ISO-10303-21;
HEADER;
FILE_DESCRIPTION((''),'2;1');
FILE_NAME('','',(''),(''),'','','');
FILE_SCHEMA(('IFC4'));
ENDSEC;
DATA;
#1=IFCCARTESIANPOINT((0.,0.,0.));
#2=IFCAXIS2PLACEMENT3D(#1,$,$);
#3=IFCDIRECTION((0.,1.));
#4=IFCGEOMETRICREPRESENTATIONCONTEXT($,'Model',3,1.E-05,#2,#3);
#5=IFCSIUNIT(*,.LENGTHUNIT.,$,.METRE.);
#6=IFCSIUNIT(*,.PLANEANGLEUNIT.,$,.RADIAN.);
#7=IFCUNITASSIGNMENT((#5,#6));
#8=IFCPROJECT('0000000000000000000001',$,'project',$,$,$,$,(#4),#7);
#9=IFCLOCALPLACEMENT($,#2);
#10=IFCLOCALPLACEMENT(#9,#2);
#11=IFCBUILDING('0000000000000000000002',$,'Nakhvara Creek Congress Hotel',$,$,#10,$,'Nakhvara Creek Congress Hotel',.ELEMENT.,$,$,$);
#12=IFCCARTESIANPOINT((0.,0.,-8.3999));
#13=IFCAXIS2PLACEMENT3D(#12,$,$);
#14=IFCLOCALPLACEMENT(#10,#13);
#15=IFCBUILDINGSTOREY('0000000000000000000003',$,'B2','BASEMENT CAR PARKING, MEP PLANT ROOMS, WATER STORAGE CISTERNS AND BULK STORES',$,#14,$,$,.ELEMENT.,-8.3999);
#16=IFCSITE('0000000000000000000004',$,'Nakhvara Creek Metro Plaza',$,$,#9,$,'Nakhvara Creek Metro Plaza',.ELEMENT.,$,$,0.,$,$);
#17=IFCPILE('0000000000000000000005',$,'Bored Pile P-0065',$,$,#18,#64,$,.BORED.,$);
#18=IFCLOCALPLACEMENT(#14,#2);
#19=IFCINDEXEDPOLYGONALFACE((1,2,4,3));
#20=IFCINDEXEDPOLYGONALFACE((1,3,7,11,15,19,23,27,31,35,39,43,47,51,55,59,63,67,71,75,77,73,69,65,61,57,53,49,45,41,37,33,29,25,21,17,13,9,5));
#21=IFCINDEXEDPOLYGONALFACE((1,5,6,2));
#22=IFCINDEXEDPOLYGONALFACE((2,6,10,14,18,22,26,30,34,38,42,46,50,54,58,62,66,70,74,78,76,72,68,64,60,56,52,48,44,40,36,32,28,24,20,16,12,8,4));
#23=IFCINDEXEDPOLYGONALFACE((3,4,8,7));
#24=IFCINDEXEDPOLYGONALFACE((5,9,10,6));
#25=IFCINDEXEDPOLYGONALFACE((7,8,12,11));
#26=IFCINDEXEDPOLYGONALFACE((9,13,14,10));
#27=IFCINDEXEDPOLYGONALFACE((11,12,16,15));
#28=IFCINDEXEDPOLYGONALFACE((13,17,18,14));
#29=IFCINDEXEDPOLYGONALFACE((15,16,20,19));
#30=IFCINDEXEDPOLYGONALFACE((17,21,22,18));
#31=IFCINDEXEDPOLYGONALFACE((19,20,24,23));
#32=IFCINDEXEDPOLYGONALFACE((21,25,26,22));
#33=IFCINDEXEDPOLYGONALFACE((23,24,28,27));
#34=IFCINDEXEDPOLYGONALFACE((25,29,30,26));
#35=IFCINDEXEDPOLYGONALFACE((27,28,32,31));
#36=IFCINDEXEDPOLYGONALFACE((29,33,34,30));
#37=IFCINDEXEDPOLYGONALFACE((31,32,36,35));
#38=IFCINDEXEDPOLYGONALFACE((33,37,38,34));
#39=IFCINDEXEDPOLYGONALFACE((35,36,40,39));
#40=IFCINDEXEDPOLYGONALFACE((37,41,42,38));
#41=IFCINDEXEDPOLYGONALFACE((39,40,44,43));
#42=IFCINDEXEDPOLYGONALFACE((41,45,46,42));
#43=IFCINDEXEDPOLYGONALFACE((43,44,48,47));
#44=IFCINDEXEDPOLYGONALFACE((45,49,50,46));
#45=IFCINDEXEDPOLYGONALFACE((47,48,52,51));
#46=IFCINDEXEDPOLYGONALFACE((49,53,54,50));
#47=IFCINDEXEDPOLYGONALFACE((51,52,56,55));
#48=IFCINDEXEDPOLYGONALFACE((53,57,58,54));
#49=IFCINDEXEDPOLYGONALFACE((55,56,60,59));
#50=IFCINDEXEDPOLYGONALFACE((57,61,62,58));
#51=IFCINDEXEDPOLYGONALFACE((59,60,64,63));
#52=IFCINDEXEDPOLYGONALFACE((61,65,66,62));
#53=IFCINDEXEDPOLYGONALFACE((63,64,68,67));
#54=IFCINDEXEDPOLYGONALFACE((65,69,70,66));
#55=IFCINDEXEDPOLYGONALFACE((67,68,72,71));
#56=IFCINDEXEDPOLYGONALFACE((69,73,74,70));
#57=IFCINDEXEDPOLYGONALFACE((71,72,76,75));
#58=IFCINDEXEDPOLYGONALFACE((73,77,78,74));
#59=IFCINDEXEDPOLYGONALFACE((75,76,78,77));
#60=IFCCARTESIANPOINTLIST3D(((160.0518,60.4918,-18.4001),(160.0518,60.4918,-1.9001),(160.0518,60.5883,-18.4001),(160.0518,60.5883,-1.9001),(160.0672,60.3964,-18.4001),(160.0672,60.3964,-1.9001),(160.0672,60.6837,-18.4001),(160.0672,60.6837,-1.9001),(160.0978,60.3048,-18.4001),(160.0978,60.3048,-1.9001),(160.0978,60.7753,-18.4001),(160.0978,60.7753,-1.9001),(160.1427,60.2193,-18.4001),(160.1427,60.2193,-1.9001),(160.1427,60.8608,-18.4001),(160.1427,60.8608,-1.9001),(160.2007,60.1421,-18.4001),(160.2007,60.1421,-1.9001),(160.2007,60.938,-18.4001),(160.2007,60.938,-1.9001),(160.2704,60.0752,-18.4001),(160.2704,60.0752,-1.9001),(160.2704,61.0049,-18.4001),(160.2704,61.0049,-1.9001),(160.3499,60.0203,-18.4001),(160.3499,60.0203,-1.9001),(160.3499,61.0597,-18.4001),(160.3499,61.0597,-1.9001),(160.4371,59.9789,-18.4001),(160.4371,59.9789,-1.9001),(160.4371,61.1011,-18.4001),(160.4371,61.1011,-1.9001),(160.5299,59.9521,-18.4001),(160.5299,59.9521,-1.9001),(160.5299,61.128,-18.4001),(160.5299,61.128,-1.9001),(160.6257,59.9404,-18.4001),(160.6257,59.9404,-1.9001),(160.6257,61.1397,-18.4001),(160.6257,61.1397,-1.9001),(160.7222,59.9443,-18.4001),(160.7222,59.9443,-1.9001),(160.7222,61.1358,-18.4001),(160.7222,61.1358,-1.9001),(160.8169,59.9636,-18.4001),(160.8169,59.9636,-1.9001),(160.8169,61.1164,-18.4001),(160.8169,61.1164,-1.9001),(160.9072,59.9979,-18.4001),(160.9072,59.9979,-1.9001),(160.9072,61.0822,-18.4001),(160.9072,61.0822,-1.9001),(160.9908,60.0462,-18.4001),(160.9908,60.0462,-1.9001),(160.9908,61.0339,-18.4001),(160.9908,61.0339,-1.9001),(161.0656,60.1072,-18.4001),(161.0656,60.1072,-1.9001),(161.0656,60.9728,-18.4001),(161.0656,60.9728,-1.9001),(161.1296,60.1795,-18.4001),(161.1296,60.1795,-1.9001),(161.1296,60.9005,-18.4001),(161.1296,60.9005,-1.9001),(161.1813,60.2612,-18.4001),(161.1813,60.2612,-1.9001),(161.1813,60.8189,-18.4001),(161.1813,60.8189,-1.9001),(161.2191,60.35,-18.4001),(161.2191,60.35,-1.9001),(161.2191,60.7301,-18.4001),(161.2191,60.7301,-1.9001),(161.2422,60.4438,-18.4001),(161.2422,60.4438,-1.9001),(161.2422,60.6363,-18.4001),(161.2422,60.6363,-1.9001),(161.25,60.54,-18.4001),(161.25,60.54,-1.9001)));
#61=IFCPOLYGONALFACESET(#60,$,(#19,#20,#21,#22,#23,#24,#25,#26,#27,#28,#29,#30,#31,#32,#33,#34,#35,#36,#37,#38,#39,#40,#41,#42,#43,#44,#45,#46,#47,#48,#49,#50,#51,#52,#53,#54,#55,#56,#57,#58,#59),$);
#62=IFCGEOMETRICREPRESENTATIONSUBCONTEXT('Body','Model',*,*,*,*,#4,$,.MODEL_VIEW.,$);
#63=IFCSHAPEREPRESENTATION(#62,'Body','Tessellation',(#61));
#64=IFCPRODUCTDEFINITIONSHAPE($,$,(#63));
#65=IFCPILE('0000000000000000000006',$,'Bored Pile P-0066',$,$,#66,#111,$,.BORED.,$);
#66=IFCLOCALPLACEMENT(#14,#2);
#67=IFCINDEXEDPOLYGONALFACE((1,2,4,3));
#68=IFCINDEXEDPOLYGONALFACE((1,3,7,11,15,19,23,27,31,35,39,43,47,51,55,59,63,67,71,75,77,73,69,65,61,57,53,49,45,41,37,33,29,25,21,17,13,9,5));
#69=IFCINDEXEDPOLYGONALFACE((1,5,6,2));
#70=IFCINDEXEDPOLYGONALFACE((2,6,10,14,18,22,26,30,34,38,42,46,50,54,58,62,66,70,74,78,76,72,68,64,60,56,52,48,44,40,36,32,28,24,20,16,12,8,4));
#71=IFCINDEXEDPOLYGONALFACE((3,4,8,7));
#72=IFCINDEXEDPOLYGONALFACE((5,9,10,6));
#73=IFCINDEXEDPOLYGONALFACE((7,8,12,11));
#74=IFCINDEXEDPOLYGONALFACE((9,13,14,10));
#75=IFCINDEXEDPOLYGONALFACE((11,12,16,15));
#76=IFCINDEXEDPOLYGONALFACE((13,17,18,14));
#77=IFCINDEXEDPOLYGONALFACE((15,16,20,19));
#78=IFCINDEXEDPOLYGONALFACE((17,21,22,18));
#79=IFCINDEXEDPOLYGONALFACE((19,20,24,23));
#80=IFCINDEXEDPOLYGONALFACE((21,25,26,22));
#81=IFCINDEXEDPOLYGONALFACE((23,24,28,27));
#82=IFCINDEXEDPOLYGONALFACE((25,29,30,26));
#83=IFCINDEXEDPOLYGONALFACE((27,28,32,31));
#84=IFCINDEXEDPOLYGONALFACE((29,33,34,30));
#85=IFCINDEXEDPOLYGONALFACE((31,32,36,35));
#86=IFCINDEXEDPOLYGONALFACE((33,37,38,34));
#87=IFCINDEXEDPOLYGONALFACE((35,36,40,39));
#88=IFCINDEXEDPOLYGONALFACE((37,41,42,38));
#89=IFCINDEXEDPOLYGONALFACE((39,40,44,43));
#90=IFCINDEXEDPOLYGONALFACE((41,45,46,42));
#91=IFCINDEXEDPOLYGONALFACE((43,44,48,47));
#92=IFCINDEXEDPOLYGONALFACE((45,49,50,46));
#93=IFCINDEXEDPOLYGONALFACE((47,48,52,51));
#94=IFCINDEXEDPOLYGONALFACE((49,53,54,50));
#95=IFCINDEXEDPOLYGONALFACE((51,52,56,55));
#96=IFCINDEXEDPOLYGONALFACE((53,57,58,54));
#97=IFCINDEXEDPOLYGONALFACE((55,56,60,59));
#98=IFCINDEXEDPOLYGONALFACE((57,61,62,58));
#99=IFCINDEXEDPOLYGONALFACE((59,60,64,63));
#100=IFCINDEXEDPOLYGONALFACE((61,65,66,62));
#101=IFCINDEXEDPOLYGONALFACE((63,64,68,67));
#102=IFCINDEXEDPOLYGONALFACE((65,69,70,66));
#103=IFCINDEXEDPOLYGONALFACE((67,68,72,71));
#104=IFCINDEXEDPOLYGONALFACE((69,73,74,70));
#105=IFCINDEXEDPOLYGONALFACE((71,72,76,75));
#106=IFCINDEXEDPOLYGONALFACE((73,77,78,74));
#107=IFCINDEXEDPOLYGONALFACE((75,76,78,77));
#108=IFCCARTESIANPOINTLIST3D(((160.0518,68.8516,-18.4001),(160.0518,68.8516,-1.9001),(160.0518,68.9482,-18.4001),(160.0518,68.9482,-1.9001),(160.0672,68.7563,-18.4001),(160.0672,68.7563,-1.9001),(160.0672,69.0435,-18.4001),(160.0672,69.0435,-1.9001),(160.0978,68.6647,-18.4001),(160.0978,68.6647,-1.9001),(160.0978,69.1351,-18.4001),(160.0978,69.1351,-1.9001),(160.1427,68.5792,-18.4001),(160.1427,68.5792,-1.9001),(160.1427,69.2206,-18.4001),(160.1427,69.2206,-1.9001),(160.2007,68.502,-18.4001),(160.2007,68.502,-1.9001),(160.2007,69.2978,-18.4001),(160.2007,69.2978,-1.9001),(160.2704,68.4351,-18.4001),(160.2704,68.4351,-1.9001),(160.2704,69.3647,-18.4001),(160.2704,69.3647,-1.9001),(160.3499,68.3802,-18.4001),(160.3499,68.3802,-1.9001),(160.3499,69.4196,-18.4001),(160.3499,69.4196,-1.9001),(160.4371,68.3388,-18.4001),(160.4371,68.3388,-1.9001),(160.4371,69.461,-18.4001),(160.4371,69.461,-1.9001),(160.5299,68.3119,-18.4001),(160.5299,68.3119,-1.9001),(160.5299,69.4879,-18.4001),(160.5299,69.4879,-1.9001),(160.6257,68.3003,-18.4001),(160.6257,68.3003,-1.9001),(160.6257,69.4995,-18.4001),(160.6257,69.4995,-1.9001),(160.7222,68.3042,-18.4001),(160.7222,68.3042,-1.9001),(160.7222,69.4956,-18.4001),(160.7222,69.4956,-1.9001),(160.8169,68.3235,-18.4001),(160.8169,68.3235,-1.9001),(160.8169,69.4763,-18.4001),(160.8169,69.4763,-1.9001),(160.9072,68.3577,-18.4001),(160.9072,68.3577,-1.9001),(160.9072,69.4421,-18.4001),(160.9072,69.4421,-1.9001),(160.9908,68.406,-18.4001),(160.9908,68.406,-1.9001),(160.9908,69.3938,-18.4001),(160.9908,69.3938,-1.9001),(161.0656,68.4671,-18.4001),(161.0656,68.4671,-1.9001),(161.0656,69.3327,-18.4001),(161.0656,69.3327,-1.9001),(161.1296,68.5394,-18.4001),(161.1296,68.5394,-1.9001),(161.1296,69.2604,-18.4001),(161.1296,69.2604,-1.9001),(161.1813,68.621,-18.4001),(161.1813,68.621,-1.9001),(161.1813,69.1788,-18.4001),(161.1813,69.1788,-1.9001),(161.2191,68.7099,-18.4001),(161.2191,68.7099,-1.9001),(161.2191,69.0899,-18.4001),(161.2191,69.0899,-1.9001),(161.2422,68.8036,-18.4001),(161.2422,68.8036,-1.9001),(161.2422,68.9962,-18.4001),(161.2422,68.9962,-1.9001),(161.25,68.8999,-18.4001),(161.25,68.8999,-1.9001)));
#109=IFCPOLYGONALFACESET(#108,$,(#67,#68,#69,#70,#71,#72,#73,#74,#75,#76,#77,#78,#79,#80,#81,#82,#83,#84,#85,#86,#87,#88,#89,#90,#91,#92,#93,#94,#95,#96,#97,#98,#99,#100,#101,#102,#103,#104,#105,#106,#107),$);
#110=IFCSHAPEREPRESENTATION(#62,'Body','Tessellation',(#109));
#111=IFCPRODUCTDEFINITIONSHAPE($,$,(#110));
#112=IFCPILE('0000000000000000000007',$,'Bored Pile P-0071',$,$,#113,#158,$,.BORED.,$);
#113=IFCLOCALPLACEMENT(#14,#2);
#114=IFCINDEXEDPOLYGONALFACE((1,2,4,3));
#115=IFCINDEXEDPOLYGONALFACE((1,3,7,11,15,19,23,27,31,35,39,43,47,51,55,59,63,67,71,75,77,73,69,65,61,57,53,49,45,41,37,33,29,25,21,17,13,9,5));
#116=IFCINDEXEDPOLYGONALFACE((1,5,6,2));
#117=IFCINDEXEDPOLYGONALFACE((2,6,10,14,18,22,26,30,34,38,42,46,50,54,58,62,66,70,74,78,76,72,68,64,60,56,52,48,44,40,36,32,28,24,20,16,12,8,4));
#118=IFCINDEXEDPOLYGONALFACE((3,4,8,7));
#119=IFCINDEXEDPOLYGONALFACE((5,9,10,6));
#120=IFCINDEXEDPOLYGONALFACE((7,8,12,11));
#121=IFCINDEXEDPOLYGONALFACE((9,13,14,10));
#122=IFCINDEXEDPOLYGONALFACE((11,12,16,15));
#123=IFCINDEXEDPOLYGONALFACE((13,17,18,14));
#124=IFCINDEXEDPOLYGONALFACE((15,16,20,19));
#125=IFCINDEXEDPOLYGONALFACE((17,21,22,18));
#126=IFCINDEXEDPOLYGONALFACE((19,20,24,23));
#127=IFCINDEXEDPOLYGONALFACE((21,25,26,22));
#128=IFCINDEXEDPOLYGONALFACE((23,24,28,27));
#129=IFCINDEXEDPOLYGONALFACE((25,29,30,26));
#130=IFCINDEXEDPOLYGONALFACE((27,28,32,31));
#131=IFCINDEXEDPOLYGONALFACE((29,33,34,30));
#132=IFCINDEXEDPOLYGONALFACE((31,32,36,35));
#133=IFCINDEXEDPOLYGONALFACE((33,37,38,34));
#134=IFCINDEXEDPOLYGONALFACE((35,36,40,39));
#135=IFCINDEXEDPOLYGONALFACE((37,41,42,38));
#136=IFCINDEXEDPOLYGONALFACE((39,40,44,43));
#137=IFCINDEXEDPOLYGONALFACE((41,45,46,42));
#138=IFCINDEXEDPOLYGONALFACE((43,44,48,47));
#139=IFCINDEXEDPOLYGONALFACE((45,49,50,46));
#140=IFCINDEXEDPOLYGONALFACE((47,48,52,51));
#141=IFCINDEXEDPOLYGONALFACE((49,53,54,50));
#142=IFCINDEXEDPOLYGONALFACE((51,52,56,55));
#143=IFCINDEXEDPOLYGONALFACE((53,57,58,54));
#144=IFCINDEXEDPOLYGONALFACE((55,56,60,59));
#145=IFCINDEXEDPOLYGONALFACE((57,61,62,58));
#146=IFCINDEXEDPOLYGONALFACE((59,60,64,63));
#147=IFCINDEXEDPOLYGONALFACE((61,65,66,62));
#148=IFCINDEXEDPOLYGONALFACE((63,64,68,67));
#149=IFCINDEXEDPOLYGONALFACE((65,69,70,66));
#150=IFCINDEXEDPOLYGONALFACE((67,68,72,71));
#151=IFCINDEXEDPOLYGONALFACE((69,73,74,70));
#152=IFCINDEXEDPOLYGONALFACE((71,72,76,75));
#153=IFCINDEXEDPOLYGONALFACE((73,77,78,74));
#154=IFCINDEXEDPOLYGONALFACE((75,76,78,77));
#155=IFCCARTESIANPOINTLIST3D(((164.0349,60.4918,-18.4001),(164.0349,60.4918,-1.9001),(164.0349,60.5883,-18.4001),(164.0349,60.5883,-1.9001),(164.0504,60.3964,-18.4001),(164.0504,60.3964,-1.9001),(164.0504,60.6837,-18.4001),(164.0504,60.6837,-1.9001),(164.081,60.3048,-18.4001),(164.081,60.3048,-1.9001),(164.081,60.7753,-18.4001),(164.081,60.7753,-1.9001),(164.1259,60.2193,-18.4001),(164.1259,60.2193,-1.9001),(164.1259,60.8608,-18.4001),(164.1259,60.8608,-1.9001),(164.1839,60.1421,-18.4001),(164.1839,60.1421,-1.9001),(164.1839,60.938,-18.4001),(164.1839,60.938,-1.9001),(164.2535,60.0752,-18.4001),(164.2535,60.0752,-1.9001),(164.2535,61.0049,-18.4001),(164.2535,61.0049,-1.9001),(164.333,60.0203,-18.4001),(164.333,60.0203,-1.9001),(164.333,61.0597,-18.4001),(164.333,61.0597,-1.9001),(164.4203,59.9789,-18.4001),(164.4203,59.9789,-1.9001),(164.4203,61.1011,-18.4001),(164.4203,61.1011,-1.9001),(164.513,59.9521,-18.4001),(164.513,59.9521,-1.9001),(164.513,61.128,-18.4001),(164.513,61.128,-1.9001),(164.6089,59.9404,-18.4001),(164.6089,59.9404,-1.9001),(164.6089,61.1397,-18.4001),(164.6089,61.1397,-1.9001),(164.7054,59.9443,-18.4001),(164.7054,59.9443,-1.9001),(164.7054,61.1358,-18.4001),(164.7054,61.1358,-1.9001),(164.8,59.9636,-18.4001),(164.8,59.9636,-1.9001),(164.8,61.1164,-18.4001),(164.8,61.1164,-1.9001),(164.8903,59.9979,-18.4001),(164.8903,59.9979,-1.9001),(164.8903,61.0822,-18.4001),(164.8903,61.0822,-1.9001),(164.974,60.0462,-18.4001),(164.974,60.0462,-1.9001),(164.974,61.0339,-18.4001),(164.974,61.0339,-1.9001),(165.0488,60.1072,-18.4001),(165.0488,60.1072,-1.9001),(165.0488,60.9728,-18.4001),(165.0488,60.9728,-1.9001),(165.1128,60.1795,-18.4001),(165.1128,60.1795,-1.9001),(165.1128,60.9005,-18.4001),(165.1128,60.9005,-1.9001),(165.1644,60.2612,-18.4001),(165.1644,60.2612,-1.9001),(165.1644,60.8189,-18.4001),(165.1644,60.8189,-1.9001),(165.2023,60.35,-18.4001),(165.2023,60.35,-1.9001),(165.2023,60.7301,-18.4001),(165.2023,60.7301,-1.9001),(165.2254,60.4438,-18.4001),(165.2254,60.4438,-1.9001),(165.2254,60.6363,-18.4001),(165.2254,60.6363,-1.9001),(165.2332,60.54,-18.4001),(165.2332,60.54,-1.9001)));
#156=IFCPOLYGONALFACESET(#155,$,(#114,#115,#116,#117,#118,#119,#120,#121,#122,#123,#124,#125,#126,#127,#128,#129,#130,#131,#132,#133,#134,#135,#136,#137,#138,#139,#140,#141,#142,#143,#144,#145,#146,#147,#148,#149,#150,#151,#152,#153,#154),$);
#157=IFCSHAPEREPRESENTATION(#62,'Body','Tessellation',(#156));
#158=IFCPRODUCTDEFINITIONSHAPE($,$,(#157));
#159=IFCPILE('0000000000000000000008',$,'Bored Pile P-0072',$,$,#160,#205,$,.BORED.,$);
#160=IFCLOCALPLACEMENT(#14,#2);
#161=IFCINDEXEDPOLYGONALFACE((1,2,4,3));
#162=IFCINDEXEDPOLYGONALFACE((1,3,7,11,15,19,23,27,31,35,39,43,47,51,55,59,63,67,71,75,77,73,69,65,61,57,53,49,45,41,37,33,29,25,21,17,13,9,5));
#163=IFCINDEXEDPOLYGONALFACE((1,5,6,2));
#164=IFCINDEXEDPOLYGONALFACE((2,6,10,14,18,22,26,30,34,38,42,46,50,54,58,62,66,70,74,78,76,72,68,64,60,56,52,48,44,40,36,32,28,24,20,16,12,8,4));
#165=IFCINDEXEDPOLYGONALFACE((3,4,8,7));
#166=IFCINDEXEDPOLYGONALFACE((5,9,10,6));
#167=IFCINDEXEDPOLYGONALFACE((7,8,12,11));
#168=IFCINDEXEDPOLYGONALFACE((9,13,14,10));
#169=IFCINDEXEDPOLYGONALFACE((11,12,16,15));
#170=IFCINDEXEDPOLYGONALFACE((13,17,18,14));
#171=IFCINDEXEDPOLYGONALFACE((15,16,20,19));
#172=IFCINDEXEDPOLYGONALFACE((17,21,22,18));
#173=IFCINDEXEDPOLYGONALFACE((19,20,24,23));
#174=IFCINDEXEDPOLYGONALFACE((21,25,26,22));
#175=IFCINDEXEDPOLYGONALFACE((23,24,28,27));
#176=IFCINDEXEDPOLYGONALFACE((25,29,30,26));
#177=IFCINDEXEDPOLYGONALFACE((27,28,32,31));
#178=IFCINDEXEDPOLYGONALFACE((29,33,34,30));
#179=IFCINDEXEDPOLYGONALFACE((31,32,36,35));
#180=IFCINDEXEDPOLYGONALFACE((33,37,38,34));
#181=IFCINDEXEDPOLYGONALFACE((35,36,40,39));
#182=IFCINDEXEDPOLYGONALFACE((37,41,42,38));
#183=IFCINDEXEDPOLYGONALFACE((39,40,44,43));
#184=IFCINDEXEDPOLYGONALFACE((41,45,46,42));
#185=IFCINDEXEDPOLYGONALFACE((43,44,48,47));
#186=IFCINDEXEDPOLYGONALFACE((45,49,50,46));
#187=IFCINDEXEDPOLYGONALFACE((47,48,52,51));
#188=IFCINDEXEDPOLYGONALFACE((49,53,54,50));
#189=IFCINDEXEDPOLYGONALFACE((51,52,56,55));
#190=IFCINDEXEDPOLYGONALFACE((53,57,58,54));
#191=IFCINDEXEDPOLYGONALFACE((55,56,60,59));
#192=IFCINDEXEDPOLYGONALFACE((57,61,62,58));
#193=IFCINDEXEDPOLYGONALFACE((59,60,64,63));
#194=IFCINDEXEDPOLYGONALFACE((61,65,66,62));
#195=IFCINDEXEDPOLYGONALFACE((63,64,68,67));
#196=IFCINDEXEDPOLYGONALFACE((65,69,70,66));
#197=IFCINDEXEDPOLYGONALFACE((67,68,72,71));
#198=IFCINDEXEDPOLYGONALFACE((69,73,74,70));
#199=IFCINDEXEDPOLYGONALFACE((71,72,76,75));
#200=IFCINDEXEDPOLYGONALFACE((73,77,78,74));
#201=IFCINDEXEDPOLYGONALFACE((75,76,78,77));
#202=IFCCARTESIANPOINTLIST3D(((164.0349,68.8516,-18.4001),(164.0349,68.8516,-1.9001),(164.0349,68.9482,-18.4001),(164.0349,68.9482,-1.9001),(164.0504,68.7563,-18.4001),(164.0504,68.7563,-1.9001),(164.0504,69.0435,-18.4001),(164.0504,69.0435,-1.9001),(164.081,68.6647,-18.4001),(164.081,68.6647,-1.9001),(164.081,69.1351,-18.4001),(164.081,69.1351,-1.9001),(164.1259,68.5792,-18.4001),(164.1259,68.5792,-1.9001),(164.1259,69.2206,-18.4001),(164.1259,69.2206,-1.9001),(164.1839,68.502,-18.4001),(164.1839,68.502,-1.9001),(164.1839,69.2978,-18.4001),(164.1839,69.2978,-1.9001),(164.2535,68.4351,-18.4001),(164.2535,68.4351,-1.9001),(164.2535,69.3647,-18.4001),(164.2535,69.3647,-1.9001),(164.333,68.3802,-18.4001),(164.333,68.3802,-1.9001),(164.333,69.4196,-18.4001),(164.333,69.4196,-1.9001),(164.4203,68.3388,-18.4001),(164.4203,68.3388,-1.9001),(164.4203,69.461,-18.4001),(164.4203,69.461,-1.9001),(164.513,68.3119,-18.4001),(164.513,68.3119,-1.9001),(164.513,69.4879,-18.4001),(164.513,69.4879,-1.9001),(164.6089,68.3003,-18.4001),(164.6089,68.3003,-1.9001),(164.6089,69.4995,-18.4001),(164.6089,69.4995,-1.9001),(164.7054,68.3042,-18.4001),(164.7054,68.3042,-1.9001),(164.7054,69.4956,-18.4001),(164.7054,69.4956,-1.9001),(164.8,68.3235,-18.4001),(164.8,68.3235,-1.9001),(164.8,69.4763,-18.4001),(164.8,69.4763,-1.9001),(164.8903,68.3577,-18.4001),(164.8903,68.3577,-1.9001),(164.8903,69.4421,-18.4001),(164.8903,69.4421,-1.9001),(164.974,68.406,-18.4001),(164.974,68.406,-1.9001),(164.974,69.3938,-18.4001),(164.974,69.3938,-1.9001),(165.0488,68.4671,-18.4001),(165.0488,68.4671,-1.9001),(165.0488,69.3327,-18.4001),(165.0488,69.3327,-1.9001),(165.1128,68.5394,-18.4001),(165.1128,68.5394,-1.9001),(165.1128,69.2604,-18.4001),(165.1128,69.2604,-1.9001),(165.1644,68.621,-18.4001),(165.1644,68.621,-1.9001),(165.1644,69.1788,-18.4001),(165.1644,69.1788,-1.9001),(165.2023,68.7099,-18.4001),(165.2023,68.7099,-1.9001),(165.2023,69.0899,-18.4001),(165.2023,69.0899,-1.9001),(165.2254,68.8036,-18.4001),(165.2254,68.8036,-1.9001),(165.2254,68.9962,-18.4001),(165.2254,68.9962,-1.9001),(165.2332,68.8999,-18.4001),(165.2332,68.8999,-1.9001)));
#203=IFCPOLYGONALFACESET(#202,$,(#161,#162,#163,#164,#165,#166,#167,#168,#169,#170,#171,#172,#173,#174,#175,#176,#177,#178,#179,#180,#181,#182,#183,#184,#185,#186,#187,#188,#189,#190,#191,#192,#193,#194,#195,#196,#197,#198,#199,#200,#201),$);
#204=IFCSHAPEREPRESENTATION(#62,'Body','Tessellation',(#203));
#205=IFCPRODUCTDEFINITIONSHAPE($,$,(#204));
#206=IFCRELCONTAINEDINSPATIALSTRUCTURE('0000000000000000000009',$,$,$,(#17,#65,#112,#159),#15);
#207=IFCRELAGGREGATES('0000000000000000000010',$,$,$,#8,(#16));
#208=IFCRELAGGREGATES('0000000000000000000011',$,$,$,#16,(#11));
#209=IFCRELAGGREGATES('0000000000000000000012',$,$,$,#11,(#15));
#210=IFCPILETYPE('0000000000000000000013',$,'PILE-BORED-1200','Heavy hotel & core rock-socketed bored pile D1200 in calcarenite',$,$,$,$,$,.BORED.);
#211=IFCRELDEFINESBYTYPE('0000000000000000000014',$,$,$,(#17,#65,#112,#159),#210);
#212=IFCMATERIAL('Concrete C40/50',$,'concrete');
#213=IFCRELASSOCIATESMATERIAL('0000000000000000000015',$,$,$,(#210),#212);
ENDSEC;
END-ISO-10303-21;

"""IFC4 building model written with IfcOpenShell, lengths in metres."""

from ifc_helpers import new_model, si_unit, direction, frame, origin, origin_2d, place, context, subcontext, project, spatial, circle, extrude, material, material_profile, profile_set, type_object, element, save


model = new_model("IFC4")

# Units and contexts
model_context = context("Model", 3, precision=1e-05, world=origin(), true_north=direction((0.0, 1.0)))
body_context = subcontext(model_context, "Body", "Model", "MODEL_VIEW")
ifc_project = project(units=[si_unit("LENGTHUNIT", "METRE"), si_unit("PLANEANGLEUNIT", "RADIAN")], contexts=[model_context])

# Site, building, storey
site_placement = place(None, origin())
site = spatial("IfcSite", under=ifc_project, at=site_placement, Name="Nakhvara Creek Metro Plaza", LongName="Nakhvara Creek Metro Plaza", CompositionType="ELEMENT", RefElevation=0.0)
building_placement = place(site_placement, origin())
building = spatial("IfcBuilding", under=site, at=building_placement, Name="Nakhvara Creek Congress Hotel", LongName="Nakhvara Creek Congress Hotel", CompositionType="ELEMENT")
storey_placement = place(building_placement, frame((0.0, 0.0, -8.3999)))
storey = spatial("IfcBuildingStorey", under=building, at=storey_placement, Name="B2", Description="BASEMENT CAR PARKING, MEP PLANT ROOMS, WATER STORAGE CISTERNS AND BULK STORES", CompositionType="ELEMENT", Elevation=-8.3999)

# Piles
ifc_material_1 = material(Name="Concrete C40/50", Category="concrete")
ifc_material_profile_1 = material_profile(ifc_material_1, circle(Radius=0.6001, at=origin_2d()), Name="BORED PILE D1200", Category="LoadBearing")
ifc_profile_set_1 = profile_set([ifc_material_profile_1], Name="Concrete C40/50")
pile_type = type_object("IfcPileType", Name="PILE-BORED-1200", Description="Heavy hotel & core rock-socketed bored pile D1200 in calcarenite", PredefinedType="BORED", material=ifc_profile_set_1)
for number, where, z_axis, x_axis, name in (
    (1, (160.6499, 60.54, -1.9001), (0.0, 0.0, -1.0), (1.0, 0.0, 0.0), "Bored Pile P-0065"),
    (2, (160.6499, 68.8999, -1.9001), (0.0, 0.0, -1.0), (1.0, 0.0, 0.0), "Bored Pile P-0066"),
    (3, (164.6331, 60.54, -1.9001), (0.0, 0.0, -1.0), (1.0, 0.0, 0.0), "Bored Pile P-0071"),
    (4, (164.6331, 68.8999, -1.9001), (0.0, 0.0, -1.0), (1.0, 0.0, 0.0), "Bored Pile P-0072"),
):
    element("IfcPile", number, at=place(storey_placement, frame(where, z_axis=z_axis, x_axis=x_axis)), inside=storey, type_object=pile_type, Name=name, PredefinedType="BORED", context=body_context, shape_type="SweptSolid", body=[
        extrude(circle(Radius=0.6001, at=origin_2d()), origin(), (0.0, 0.0, 1.0), 16.5),
    ])

save(model, "model.ifc")
